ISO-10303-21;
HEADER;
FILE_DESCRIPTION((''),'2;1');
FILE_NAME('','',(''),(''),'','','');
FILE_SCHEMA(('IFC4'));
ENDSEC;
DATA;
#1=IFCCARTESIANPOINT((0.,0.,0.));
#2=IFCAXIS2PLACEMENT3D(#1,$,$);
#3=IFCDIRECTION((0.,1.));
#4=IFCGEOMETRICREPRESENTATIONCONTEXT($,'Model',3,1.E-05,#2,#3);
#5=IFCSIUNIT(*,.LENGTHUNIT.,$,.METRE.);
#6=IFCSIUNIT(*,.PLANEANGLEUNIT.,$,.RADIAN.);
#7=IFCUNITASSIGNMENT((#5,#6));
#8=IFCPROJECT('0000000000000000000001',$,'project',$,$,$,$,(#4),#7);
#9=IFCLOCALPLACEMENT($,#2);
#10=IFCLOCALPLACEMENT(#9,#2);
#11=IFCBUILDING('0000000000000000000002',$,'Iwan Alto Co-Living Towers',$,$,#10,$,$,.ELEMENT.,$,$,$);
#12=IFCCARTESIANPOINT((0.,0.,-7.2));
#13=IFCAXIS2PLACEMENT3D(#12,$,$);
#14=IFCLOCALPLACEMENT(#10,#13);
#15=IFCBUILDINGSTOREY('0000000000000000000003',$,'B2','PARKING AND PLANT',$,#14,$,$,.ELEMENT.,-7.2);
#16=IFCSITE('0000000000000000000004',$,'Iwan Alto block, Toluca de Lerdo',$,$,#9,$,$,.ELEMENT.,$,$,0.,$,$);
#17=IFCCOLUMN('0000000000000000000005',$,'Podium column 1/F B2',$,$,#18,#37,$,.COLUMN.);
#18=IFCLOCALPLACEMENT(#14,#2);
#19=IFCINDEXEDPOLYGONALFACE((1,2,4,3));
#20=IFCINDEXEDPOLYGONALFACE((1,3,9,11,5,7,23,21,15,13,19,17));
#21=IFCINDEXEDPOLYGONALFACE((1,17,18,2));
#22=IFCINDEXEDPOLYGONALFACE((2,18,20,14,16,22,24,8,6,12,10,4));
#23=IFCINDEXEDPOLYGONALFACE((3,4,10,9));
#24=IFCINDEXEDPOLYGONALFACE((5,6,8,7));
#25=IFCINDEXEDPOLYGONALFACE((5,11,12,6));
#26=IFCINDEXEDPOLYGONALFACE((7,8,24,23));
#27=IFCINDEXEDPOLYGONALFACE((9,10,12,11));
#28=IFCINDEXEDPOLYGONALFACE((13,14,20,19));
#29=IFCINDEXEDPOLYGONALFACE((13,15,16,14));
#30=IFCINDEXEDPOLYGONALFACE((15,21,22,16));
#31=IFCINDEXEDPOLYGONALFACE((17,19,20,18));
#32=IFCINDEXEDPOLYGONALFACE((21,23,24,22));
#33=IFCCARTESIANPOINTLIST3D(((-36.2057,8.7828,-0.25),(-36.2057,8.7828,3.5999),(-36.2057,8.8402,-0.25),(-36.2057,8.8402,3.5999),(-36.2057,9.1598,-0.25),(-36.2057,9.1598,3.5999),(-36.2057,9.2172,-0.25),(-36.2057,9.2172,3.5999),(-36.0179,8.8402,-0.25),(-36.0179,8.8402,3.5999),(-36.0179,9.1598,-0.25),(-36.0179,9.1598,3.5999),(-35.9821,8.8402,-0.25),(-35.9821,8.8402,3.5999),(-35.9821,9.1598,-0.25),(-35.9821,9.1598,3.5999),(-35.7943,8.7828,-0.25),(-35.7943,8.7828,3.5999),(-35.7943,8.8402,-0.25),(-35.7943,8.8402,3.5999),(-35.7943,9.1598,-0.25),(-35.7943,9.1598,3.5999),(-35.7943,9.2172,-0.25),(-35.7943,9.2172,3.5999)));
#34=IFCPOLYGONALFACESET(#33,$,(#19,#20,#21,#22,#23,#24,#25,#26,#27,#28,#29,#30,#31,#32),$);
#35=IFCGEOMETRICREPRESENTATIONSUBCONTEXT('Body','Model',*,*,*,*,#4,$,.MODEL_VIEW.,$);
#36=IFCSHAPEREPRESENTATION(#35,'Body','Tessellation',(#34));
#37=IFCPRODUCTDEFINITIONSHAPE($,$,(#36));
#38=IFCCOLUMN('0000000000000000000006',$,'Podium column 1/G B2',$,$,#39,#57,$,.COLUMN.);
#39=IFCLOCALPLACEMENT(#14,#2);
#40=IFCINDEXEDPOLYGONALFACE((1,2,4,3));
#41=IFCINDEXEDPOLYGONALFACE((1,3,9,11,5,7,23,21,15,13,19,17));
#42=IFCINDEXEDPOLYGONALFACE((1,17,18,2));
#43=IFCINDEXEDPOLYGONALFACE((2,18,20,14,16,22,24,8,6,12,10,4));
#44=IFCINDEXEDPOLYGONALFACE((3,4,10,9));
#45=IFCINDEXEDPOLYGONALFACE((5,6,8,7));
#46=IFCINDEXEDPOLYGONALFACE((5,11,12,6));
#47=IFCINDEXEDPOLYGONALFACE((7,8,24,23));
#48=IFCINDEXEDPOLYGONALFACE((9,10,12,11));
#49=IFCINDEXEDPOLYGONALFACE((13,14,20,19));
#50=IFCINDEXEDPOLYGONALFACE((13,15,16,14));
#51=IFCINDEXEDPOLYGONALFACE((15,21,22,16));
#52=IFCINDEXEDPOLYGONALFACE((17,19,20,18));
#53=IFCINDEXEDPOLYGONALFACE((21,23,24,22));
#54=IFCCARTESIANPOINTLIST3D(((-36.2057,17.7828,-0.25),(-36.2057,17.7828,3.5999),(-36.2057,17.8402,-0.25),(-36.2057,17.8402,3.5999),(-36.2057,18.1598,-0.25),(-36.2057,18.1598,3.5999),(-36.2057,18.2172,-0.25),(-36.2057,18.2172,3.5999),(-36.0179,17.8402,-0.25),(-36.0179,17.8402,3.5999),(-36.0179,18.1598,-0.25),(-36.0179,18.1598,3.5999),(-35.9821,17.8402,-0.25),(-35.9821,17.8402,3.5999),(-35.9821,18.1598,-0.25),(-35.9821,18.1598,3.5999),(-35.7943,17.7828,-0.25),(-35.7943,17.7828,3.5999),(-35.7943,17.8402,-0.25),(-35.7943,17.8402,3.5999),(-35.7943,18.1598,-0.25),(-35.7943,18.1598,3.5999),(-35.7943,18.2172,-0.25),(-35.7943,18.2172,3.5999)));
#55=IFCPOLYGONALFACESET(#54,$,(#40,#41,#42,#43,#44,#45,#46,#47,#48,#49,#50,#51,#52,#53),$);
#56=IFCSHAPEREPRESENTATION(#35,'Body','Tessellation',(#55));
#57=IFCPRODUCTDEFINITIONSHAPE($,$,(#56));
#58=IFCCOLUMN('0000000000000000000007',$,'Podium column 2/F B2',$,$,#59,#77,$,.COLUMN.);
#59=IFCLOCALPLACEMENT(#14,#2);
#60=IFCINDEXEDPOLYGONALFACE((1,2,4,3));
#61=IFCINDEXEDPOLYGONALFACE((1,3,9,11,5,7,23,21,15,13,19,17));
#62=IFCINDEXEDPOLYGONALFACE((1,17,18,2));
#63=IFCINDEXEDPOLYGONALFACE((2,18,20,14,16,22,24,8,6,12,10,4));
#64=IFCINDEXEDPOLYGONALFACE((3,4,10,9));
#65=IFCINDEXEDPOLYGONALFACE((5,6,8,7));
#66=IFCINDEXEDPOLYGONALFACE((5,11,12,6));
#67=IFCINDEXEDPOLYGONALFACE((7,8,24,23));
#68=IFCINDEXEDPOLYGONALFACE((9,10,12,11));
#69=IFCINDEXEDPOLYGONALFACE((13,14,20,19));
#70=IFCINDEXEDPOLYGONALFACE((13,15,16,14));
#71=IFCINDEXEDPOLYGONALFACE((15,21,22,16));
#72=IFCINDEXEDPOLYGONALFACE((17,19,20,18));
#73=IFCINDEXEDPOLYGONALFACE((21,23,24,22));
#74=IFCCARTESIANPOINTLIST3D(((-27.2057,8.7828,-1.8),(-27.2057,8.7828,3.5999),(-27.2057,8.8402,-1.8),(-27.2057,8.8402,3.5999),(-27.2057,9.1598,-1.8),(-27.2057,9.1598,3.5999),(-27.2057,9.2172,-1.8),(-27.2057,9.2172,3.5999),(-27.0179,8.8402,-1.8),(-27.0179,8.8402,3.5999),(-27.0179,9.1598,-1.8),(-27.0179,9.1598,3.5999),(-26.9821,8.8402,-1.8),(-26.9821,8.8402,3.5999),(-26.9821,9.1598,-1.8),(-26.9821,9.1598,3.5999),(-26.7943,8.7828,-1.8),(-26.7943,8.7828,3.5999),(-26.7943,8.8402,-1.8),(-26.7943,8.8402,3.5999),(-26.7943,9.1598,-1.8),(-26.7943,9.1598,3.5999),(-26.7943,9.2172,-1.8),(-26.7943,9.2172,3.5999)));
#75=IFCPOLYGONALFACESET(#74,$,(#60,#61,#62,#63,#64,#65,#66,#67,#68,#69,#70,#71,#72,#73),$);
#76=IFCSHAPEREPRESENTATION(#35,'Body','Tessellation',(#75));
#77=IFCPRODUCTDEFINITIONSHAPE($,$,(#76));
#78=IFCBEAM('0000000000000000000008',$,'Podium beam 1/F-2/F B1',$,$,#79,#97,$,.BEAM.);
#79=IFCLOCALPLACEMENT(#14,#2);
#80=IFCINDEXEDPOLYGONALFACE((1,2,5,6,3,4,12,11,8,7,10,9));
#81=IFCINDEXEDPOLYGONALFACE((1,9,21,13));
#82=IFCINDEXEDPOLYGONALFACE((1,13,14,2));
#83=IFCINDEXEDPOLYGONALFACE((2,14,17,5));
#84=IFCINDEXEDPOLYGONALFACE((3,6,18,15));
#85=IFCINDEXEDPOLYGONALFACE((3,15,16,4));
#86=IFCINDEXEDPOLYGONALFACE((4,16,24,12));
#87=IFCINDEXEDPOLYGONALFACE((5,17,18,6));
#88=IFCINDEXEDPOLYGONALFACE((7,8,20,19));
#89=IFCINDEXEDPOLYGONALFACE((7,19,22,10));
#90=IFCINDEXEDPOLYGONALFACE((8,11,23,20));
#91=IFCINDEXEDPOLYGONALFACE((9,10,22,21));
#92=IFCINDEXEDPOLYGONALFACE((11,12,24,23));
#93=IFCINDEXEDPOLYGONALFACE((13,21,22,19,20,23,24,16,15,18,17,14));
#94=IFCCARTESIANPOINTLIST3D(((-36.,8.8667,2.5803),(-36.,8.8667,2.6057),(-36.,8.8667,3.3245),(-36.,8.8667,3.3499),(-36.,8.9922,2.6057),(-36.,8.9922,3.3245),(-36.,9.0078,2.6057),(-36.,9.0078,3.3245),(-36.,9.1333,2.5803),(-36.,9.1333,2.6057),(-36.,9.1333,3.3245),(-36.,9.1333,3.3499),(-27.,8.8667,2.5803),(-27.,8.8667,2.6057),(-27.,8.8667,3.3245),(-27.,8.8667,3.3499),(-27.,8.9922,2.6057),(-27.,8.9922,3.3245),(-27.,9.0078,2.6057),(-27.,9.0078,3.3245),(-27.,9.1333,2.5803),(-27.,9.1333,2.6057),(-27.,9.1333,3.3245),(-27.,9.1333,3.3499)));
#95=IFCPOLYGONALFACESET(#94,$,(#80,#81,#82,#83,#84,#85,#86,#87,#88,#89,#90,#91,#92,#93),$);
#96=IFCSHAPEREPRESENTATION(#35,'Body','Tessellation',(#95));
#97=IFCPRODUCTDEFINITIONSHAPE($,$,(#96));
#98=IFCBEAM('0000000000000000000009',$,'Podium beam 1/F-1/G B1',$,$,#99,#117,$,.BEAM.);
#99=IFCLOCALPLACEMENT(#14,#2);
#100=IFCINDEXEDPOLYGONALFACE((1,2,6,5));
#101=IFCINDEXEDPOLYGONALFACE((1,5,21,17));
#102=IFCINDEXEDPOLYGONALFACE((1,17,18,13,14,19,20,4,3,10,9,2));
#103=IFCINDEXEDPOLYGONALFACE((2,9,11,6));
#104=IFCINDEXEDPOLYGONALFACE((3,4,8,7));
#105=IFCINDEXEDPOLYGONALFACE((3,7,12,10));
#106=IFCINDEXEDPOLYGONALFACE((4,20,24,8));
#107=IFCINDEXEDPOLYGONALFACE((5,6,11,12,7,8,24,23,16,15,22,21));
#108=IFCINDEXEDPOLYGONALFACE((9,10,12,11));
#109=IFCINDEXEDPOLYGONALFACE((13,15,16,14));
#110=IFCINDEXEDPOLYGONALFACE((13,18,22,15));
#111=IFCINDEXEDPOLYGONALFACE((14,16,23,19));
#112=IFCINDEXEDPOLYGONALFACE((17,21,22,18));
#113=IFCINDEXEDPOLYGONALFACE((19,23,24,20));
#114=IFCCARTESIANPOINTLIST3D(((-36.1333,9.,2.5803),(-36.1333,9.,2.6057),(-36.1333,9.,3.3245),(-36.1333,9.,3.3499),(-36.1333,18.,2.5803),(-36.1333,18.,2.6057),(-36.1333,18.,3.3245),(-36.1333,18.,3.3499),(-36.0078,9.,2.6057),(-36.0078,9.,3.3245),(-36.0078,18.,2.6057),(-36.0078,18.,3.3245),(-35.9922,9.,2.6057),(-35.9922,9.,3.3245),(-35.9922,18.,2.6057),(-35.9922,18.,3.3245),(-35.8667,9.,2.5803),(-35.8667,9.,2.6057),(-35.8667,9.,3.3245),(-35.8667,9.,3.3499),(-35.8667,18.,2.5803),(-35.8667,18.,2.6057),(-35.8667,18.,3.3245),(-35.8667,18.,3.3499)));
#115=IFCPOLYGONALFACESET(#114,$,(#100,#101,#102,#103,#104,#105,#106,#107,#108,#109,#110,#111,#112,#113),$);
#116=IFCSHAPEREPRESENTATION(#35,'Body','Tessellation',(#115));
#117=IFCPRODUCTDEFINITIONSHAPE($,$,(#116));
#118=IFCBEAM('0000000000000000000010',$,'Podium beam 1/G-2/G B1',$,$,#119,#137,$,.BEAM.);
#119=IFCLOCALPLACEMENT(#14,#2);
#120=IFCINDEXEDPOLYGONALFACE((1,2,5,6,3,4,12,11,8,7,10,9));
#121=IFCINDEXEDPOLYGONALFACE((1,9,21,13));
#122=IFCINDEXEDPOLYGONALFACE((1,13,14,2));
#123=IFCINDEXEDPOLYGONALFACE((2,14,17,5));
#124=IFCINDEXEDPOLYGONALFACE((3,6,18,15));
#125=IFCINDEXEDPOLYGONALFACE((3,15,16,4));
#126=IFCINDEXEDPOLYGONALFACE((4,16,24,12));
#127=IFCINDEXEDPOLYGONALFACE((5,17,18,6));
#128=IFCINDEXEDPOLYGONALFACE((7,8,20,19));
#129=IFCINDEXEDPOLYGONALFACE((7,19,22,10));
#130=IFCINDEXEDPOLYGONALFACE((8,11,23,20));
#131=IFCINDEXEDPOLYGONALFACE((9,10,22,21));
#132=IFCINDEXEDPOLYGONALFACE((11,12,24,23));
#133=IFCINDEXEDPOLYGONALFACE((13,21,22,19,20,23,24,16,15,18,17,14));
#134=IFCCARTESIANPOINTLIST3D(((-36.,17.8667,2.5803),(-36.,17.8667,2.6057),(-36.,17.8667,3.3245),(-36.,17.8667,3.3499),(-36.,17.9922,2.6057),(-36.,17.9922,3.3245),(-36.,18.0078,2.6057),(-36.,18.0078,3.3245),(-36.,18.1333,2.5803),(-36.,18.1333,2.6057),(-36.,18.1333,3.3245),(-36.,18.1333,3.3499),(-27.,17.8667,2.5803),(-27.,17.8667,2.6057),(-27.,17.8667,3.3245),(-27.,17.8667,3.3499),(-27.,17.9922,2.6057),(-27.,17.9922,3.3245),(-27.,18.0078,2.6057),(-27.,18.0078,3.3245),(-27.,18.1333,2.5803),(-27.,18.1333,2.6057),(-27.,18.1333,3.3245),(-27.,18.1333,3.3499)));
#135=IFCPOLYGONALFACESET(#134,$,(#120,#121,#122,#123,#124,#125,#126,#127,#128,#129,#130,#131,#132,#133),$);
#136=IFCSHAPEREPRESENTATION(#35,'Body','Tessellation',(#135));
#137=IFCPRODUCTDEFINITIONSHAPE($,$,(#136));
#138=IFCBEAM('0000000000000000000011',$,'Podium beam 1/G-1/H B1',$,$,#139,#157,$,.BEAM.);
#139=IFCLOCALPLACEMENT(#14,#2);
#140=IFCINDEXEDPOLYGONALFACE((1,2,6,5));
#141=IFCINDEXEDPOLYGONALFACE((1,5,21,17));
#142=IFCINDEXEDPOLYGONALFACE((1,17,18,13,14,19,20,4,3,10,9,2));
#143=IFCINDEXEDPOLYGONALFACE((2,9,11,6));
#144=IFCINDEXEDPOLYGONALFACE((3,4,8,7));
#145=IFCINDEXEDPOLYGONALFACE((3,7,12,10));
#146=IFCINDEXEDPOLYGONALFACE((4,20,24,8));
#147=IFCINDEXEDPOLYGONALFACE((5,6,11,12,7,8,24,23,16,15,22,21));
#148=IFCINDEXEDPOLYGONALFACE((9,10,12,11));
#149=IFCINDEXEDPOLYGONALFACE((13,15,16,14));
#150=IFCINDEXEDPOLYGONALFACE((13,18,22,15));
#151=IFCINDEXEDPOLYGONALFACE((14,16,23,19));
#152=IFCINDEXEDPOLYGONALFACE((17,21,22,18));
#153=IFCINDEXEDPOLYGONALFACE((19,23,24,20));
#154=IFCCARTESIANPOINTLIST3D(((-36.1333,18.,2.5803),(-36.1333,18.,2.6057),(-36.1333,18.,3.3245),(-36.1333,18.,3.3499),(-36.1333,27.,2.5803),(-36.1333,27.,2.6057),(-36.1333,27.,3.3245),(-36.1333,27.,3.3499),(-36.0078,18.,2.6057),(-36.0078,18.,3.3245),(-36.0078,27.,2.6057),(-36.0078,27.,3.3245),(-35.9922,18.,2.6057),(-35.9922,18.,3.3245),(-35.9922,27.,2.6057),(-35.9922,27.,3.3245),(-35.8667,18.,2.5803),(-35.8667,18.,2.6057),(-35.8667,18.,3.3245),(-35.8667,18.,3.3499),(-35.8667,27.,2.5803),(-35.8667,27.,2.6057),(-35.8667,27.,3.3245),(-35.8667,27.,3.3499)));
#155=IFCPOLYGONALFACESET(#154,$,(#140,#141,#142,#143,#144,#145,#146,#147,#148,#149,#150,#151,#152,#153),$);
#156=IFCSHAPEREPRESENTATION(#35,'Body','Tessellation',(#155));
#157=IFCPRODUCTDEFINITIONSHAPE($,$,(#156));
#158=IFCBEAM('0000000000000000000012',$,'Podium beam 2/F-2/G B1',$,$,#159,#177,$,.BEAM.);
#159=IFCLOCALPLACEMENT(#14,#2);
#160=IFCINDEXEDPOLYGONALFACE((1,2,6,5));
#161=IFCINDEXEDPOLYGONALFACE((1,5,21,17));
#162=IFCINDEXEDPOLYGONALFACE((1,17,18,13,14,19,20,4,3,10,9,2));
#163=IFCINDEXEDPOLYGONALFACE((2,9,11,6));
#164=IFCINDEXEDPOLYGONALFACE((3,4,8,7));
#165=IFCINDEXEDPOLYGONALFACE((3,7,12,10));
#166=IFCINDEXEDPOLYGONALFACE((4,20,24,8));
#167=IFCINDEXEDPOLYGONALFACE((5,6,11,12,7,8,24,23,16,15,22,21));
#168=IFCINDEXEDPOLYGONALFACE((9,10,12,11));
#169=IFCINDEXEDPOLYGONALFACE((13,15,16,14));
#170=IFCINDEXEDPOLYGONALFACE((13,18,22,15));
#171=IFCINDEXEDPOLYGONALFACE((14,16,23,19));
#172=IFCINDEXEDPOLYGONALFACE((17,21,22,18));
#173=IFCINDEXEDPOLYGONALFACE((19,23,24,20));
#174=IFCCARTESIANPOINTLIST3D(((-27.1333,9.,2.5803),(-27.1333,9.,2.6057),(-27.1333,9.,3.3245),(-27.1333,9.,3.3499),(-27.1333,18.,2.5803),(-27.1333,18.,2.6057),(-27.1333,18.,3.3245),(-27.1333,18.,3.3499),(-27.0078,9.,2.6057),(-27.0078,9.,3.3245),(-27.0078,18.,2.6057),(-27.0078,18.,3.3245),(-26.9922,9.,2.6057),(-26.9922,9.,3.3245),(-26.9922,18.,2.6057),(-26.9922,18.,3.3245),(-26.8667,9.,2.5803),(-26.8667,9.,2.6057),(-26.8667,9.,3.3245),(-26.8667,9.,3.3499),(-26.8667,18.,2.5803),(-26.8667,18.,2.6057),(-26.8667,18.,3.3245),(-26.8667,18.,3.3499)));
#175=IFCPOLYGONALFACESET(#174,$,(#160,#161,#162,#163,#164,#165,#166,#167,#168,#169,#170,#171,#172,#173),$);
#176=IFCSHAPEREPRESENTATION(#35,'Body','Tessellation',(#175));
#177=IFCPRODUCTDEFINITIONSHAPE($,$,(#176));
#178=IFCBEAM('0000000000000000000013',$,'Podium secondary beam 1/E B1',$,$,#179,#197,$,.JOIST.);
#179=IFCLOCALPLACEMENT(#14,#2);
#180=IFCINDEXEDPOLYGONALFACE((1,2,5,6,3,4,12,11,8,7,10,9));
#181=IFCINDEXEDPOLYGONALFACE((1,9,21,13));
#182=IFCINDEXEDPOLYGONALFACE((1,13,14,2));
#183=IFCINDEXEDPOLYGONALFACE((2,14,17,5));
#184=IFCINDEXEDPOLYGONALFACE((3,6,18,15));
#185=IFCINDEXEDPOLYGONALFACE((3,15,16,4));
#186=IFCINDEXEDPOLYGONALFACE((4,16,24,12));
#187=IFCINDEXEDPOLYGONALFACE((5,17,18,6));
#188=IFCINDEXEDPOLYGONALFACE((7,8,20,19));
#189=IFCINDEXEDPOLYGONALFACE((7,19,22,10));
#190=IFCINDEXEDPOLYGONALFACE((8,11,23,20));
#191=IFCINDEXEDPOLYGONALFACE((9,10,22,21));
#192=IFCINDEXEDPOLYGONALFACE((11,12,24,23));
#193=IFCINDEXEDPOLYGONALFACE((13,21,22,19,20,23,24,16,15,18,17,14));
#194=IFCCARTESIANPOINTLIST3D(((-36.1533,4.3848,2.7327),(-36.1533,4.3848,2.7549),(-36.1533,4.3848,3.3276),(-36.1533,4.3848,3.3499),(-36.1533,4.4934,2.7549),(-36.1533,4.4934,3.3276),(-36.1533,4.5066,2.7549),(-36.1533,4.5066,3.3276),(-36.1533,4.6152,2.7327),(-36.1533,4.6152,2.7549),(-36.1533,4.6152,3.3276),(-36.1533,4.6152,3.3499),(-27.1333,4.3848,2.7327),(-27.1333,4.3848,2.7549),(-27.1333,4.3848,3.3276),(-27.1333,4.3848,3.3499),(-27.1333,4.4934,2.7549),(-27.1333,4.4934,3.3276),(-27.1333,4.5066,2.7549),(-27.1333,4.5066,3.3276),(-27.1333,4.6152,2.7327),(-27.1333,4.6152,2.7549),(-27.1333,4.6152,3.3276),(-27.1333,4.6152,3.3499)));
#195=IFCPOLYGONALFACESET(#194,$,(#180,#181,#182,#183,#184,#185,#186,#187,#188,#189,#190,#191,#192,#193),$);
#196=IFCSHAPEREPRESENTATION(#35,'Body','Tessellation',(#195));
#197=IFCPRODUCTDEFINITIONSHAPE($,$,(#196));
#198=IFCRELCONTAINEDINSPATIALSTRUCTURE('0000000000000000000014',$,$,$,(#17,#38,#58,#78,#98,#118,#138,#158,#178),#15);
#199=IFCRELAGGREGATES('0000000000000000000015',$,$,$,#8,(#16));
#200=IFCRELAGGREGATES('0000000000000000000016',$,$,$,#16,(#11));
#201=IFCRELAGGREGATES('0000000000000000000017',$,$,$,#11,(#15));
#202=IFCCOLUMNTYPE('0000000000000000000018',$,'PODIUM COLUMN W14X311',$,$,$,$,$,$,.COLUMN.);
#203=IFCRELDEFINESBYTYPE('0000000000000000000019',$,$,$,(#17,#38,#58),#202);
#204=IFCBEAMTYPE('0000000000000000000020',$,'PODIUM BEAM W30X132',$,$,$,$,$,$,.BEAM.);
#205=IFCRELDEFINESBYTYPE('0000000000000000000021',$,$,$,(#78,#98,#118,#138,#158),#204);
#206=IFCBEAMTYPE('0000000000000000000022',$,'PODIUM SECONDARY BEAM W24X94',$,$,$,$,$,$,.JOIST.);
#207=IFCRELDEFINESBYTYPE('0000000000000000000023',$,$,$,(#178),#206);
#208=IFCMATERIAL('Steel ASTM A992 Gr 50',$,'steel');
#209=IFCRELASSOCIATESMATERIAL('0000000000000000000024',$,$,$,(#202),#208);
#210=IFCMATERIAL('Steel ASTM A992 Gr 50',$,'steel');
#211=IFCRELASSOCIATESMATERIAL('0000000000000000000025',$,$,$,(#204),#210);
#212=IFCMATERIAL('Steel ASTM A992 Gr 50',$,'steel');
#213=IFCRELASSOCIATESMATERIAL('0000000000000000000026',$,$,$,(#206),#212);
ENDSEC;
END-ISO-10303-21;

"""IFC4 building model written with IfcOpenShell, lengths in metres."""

from ifc_helpers import new_model, si_unit, direction, frame, origin, origin_2d, place, context, subcontext, project, spatial, i_section, extrude, material, material_profile, profile_set, type_object, element, save


model = new_model("IFC4")

# Units and contexts
model_context = context("Model", 3, precision=1e-05, world=origin(), true_north=direction((0.0, 1.0)))
body_context = subcontext(model_context, "Body", "Model", "MODEL_VIEW")
ifc_project = project(units=[si_unit("LENGTHUNIT", "METRE"), si_unit("PLANEANGLEUNIT", "RADIAN")], contexts=[model_context])

# Site, building, storey
site_placement = place(None, origin())
site = spatial("IfcSite", under=ifc_project, at=site_placement, Name="Iwan Alto block, Toluca de Lerdo", CompositionType="ELEMENT", RefElevation=0.0)
building_placement = place(site_placement, origin())
building = spatial("IfcBuilding", under=site, at=building_placement, Name="Iwan Alto Co-Living Towers", CompositionType="ELEMENT")
storey_placement = place(building_placement, frame((0.0, 0.0, -7.2)))
storey = spatial("IfcBuildingStorey", under=building, at=storey_placement, Name="B2", Description="PARKING AND PLANT", CompositionType="ELEMENT", Elevation=-7.2)

# Columns
ifc_material_1 = material(Name="Steel ASTM A992 Gr 50", Category="steel")
ifc_material_profile_1 = material_profile(ifc_material_1, i_section(OverallWidth=0.4114, OverallDepth=0.4343, WebThickness=0.0359, FlangeThickness=0.0574, at=origin_2d()), Name="W14X311")
ifc_profile_set_1 = profile_set([ifc_material_profile_1], Name="Steel ASTM A992 Gr 50")
column_type = type_object("IfcColumnType", Name="PODIUM COLUMN W14X311", PredefinedType="COLUMN", material=ifc_profile_set_1)
for number, where, z_axis, x_axis, name in (
    (1, (-36.0, 9.0, -0.25), (0.0, 0.0, 1.0), (1.0, 0.0, 0.0), "Podium column 1/F B2"),
    (2, (-36.0, 18.0, -0.25), (0.0, 0.0, 1.0), (1.0, 0.0, 0.0), "Podium column 1/G B2"),
):
    element("IfcColumn", number, at=place(storey_placement, frame(where, z_axis=z_axis, x_axis=x_axis)), inside=storey, type_object=column_type, Name=name, PredefinedType="COLUMN", context=body_context, shape_type="SweptSolid", body=[
        extrude(i_section(OverallWidth=0.4114, OverallDepth=0.4343, WebThickness=0.0359, FlangeThickness=0.0574, at=origin_2d()), origin(), (0.0, 0.0, 1.0), 3.8499),
    ])
column_placement = place(storey_placement, frame((-27.0, 9.0, -1.8), z_axis=(0.0, 0.0, 1.0), x_axis=(1.0, 0.0, 0.0)))
element("IfcColumn", 3, at=column_placement, inside=storey, type_object=column_type, Name="Podium column 2/F B2", PredefinedType="COLUMN", context=body_context, shape_type="SweptSolid", body=[
    extrude(i_section(OverallWidth=0.4114, OverallDepth=0.4343, WebThickness=0.0359, FlangeThickness=0.0574, at=origin_2d()), origin(), (0.0, 0.0, 1.0), 5.3999),
])

# Beams
ifc_material_2 = material(Name="Steel ASTM A992 Gr 50", Category="steel")
ifc_material_profile_2 = material_profile(ifc_material_2, i_section(OverallWidth=0.2666, OverallDepth=0.7695, WebThickness=0.0156, FlangeThickness=0.0254, at=origin_2d()), Name="W30X132")
ifc_profile_set_2 = profile_set([ifc_material_profile_2], Name="Steel ASTM A992 Gr 50")
beam_type_1 = type_object("IfcBeamType", Name="PODIUM BEAM W30X132", PredefinedType="BEAM", material=ifc_profile_set_2)
for number, where, z_axis, x_axis, name in (
    (4, (-36.0, 9.0, 2.9651), (1.0, 0.0, 0.0), (0.0, 1.0, 0.0), "Podium beam 1/F-2/F B1"),
    (5, (-36.0, 9.0, 2.9651), (0.0, 1.0, 0.0), (-1.0, 0.0, 0.0), "Podium beam 1/F-1/G B1"),
    (6, (-36.0, 18.0, 2.9651), (1.0, 0.0, 0.0), (0.0, 1.0, 0.0), "Podium beam 1/G-2/G B1"),
    (7, (-36.0, 18.0, 2.9651), (0.0, 1.0, 0.0), (-1.0, 0.0, 0.0), "Podium beam 1/G-1/H B1"),
    (8, (-27.0, 9.0, 2.9651), (0.0, 1.0, 0.0), (-1.0, 0.0, 0.0), "Podium beam 2/F-2/G B1"),
):
    element("IfcBeam", number, at=place(storey_placement, frame(where, z_axis=z_axis, x_axis=x_axis)), inside=storey, type_object=beam_type_1, Name=name, PredefinedType="BEAM", context=body_context, shape_type="SweptSolid", body=[
        extrude(i_section(OverallWidth=0.2666, OverallDepth=0.7695, WebThickness=0.0156, FlangeThickness=0.0254, at=origin_2d()), origin(), (0.0, 0.0, 1.0), 9.0),
    ])
ifc_material_3 = material(Name="Steel ASTM A992 Gr 50", Category="steel")
ifc_material_profile_3 = material_profile(ifc_material_3, i_section(OverallWidth=0.2305, OverallDepth=0.6172, WebThickness=0.0132, FlangeThickness=0.0222, at=origin_2d()), Name="W24X94")
ifc_profile_set_3 = profile_set([ifc_material_profile_3], Name="Steel ASTM A992 Gr 50")
beam_type_2 = type_object("IfcBeamType", Name="PODIUM SECONDARY BEAM W24X94", PredefinedType="JOIST", material=ifc_profile_set_3)
beam_1_placement = place(storey_placement, frame((-36.1533, 4.5, 3.0413), z_axis=(1.0, 0.0, 0.0), x_axis=(0.0, 1.0, 0.0)))
element("IfcBeam", 9, at=beam_1_placement, inside=storey, type_object=beam_type_2, Name="Podium secondary beam 1/E B1", PredefinedType="JOIST", context=body_context, shape_type="SweptSolid", body=[
    extrude(i_section(OverallWidth=0.2305, OverallDepth=0.6172, WebThickness=0.0132, FlangeThickness=0.0222, at=origin_2d()), origin(), (0.0, 0.0, 1.0), 9.02),
])

save(model, "model.ifc")
